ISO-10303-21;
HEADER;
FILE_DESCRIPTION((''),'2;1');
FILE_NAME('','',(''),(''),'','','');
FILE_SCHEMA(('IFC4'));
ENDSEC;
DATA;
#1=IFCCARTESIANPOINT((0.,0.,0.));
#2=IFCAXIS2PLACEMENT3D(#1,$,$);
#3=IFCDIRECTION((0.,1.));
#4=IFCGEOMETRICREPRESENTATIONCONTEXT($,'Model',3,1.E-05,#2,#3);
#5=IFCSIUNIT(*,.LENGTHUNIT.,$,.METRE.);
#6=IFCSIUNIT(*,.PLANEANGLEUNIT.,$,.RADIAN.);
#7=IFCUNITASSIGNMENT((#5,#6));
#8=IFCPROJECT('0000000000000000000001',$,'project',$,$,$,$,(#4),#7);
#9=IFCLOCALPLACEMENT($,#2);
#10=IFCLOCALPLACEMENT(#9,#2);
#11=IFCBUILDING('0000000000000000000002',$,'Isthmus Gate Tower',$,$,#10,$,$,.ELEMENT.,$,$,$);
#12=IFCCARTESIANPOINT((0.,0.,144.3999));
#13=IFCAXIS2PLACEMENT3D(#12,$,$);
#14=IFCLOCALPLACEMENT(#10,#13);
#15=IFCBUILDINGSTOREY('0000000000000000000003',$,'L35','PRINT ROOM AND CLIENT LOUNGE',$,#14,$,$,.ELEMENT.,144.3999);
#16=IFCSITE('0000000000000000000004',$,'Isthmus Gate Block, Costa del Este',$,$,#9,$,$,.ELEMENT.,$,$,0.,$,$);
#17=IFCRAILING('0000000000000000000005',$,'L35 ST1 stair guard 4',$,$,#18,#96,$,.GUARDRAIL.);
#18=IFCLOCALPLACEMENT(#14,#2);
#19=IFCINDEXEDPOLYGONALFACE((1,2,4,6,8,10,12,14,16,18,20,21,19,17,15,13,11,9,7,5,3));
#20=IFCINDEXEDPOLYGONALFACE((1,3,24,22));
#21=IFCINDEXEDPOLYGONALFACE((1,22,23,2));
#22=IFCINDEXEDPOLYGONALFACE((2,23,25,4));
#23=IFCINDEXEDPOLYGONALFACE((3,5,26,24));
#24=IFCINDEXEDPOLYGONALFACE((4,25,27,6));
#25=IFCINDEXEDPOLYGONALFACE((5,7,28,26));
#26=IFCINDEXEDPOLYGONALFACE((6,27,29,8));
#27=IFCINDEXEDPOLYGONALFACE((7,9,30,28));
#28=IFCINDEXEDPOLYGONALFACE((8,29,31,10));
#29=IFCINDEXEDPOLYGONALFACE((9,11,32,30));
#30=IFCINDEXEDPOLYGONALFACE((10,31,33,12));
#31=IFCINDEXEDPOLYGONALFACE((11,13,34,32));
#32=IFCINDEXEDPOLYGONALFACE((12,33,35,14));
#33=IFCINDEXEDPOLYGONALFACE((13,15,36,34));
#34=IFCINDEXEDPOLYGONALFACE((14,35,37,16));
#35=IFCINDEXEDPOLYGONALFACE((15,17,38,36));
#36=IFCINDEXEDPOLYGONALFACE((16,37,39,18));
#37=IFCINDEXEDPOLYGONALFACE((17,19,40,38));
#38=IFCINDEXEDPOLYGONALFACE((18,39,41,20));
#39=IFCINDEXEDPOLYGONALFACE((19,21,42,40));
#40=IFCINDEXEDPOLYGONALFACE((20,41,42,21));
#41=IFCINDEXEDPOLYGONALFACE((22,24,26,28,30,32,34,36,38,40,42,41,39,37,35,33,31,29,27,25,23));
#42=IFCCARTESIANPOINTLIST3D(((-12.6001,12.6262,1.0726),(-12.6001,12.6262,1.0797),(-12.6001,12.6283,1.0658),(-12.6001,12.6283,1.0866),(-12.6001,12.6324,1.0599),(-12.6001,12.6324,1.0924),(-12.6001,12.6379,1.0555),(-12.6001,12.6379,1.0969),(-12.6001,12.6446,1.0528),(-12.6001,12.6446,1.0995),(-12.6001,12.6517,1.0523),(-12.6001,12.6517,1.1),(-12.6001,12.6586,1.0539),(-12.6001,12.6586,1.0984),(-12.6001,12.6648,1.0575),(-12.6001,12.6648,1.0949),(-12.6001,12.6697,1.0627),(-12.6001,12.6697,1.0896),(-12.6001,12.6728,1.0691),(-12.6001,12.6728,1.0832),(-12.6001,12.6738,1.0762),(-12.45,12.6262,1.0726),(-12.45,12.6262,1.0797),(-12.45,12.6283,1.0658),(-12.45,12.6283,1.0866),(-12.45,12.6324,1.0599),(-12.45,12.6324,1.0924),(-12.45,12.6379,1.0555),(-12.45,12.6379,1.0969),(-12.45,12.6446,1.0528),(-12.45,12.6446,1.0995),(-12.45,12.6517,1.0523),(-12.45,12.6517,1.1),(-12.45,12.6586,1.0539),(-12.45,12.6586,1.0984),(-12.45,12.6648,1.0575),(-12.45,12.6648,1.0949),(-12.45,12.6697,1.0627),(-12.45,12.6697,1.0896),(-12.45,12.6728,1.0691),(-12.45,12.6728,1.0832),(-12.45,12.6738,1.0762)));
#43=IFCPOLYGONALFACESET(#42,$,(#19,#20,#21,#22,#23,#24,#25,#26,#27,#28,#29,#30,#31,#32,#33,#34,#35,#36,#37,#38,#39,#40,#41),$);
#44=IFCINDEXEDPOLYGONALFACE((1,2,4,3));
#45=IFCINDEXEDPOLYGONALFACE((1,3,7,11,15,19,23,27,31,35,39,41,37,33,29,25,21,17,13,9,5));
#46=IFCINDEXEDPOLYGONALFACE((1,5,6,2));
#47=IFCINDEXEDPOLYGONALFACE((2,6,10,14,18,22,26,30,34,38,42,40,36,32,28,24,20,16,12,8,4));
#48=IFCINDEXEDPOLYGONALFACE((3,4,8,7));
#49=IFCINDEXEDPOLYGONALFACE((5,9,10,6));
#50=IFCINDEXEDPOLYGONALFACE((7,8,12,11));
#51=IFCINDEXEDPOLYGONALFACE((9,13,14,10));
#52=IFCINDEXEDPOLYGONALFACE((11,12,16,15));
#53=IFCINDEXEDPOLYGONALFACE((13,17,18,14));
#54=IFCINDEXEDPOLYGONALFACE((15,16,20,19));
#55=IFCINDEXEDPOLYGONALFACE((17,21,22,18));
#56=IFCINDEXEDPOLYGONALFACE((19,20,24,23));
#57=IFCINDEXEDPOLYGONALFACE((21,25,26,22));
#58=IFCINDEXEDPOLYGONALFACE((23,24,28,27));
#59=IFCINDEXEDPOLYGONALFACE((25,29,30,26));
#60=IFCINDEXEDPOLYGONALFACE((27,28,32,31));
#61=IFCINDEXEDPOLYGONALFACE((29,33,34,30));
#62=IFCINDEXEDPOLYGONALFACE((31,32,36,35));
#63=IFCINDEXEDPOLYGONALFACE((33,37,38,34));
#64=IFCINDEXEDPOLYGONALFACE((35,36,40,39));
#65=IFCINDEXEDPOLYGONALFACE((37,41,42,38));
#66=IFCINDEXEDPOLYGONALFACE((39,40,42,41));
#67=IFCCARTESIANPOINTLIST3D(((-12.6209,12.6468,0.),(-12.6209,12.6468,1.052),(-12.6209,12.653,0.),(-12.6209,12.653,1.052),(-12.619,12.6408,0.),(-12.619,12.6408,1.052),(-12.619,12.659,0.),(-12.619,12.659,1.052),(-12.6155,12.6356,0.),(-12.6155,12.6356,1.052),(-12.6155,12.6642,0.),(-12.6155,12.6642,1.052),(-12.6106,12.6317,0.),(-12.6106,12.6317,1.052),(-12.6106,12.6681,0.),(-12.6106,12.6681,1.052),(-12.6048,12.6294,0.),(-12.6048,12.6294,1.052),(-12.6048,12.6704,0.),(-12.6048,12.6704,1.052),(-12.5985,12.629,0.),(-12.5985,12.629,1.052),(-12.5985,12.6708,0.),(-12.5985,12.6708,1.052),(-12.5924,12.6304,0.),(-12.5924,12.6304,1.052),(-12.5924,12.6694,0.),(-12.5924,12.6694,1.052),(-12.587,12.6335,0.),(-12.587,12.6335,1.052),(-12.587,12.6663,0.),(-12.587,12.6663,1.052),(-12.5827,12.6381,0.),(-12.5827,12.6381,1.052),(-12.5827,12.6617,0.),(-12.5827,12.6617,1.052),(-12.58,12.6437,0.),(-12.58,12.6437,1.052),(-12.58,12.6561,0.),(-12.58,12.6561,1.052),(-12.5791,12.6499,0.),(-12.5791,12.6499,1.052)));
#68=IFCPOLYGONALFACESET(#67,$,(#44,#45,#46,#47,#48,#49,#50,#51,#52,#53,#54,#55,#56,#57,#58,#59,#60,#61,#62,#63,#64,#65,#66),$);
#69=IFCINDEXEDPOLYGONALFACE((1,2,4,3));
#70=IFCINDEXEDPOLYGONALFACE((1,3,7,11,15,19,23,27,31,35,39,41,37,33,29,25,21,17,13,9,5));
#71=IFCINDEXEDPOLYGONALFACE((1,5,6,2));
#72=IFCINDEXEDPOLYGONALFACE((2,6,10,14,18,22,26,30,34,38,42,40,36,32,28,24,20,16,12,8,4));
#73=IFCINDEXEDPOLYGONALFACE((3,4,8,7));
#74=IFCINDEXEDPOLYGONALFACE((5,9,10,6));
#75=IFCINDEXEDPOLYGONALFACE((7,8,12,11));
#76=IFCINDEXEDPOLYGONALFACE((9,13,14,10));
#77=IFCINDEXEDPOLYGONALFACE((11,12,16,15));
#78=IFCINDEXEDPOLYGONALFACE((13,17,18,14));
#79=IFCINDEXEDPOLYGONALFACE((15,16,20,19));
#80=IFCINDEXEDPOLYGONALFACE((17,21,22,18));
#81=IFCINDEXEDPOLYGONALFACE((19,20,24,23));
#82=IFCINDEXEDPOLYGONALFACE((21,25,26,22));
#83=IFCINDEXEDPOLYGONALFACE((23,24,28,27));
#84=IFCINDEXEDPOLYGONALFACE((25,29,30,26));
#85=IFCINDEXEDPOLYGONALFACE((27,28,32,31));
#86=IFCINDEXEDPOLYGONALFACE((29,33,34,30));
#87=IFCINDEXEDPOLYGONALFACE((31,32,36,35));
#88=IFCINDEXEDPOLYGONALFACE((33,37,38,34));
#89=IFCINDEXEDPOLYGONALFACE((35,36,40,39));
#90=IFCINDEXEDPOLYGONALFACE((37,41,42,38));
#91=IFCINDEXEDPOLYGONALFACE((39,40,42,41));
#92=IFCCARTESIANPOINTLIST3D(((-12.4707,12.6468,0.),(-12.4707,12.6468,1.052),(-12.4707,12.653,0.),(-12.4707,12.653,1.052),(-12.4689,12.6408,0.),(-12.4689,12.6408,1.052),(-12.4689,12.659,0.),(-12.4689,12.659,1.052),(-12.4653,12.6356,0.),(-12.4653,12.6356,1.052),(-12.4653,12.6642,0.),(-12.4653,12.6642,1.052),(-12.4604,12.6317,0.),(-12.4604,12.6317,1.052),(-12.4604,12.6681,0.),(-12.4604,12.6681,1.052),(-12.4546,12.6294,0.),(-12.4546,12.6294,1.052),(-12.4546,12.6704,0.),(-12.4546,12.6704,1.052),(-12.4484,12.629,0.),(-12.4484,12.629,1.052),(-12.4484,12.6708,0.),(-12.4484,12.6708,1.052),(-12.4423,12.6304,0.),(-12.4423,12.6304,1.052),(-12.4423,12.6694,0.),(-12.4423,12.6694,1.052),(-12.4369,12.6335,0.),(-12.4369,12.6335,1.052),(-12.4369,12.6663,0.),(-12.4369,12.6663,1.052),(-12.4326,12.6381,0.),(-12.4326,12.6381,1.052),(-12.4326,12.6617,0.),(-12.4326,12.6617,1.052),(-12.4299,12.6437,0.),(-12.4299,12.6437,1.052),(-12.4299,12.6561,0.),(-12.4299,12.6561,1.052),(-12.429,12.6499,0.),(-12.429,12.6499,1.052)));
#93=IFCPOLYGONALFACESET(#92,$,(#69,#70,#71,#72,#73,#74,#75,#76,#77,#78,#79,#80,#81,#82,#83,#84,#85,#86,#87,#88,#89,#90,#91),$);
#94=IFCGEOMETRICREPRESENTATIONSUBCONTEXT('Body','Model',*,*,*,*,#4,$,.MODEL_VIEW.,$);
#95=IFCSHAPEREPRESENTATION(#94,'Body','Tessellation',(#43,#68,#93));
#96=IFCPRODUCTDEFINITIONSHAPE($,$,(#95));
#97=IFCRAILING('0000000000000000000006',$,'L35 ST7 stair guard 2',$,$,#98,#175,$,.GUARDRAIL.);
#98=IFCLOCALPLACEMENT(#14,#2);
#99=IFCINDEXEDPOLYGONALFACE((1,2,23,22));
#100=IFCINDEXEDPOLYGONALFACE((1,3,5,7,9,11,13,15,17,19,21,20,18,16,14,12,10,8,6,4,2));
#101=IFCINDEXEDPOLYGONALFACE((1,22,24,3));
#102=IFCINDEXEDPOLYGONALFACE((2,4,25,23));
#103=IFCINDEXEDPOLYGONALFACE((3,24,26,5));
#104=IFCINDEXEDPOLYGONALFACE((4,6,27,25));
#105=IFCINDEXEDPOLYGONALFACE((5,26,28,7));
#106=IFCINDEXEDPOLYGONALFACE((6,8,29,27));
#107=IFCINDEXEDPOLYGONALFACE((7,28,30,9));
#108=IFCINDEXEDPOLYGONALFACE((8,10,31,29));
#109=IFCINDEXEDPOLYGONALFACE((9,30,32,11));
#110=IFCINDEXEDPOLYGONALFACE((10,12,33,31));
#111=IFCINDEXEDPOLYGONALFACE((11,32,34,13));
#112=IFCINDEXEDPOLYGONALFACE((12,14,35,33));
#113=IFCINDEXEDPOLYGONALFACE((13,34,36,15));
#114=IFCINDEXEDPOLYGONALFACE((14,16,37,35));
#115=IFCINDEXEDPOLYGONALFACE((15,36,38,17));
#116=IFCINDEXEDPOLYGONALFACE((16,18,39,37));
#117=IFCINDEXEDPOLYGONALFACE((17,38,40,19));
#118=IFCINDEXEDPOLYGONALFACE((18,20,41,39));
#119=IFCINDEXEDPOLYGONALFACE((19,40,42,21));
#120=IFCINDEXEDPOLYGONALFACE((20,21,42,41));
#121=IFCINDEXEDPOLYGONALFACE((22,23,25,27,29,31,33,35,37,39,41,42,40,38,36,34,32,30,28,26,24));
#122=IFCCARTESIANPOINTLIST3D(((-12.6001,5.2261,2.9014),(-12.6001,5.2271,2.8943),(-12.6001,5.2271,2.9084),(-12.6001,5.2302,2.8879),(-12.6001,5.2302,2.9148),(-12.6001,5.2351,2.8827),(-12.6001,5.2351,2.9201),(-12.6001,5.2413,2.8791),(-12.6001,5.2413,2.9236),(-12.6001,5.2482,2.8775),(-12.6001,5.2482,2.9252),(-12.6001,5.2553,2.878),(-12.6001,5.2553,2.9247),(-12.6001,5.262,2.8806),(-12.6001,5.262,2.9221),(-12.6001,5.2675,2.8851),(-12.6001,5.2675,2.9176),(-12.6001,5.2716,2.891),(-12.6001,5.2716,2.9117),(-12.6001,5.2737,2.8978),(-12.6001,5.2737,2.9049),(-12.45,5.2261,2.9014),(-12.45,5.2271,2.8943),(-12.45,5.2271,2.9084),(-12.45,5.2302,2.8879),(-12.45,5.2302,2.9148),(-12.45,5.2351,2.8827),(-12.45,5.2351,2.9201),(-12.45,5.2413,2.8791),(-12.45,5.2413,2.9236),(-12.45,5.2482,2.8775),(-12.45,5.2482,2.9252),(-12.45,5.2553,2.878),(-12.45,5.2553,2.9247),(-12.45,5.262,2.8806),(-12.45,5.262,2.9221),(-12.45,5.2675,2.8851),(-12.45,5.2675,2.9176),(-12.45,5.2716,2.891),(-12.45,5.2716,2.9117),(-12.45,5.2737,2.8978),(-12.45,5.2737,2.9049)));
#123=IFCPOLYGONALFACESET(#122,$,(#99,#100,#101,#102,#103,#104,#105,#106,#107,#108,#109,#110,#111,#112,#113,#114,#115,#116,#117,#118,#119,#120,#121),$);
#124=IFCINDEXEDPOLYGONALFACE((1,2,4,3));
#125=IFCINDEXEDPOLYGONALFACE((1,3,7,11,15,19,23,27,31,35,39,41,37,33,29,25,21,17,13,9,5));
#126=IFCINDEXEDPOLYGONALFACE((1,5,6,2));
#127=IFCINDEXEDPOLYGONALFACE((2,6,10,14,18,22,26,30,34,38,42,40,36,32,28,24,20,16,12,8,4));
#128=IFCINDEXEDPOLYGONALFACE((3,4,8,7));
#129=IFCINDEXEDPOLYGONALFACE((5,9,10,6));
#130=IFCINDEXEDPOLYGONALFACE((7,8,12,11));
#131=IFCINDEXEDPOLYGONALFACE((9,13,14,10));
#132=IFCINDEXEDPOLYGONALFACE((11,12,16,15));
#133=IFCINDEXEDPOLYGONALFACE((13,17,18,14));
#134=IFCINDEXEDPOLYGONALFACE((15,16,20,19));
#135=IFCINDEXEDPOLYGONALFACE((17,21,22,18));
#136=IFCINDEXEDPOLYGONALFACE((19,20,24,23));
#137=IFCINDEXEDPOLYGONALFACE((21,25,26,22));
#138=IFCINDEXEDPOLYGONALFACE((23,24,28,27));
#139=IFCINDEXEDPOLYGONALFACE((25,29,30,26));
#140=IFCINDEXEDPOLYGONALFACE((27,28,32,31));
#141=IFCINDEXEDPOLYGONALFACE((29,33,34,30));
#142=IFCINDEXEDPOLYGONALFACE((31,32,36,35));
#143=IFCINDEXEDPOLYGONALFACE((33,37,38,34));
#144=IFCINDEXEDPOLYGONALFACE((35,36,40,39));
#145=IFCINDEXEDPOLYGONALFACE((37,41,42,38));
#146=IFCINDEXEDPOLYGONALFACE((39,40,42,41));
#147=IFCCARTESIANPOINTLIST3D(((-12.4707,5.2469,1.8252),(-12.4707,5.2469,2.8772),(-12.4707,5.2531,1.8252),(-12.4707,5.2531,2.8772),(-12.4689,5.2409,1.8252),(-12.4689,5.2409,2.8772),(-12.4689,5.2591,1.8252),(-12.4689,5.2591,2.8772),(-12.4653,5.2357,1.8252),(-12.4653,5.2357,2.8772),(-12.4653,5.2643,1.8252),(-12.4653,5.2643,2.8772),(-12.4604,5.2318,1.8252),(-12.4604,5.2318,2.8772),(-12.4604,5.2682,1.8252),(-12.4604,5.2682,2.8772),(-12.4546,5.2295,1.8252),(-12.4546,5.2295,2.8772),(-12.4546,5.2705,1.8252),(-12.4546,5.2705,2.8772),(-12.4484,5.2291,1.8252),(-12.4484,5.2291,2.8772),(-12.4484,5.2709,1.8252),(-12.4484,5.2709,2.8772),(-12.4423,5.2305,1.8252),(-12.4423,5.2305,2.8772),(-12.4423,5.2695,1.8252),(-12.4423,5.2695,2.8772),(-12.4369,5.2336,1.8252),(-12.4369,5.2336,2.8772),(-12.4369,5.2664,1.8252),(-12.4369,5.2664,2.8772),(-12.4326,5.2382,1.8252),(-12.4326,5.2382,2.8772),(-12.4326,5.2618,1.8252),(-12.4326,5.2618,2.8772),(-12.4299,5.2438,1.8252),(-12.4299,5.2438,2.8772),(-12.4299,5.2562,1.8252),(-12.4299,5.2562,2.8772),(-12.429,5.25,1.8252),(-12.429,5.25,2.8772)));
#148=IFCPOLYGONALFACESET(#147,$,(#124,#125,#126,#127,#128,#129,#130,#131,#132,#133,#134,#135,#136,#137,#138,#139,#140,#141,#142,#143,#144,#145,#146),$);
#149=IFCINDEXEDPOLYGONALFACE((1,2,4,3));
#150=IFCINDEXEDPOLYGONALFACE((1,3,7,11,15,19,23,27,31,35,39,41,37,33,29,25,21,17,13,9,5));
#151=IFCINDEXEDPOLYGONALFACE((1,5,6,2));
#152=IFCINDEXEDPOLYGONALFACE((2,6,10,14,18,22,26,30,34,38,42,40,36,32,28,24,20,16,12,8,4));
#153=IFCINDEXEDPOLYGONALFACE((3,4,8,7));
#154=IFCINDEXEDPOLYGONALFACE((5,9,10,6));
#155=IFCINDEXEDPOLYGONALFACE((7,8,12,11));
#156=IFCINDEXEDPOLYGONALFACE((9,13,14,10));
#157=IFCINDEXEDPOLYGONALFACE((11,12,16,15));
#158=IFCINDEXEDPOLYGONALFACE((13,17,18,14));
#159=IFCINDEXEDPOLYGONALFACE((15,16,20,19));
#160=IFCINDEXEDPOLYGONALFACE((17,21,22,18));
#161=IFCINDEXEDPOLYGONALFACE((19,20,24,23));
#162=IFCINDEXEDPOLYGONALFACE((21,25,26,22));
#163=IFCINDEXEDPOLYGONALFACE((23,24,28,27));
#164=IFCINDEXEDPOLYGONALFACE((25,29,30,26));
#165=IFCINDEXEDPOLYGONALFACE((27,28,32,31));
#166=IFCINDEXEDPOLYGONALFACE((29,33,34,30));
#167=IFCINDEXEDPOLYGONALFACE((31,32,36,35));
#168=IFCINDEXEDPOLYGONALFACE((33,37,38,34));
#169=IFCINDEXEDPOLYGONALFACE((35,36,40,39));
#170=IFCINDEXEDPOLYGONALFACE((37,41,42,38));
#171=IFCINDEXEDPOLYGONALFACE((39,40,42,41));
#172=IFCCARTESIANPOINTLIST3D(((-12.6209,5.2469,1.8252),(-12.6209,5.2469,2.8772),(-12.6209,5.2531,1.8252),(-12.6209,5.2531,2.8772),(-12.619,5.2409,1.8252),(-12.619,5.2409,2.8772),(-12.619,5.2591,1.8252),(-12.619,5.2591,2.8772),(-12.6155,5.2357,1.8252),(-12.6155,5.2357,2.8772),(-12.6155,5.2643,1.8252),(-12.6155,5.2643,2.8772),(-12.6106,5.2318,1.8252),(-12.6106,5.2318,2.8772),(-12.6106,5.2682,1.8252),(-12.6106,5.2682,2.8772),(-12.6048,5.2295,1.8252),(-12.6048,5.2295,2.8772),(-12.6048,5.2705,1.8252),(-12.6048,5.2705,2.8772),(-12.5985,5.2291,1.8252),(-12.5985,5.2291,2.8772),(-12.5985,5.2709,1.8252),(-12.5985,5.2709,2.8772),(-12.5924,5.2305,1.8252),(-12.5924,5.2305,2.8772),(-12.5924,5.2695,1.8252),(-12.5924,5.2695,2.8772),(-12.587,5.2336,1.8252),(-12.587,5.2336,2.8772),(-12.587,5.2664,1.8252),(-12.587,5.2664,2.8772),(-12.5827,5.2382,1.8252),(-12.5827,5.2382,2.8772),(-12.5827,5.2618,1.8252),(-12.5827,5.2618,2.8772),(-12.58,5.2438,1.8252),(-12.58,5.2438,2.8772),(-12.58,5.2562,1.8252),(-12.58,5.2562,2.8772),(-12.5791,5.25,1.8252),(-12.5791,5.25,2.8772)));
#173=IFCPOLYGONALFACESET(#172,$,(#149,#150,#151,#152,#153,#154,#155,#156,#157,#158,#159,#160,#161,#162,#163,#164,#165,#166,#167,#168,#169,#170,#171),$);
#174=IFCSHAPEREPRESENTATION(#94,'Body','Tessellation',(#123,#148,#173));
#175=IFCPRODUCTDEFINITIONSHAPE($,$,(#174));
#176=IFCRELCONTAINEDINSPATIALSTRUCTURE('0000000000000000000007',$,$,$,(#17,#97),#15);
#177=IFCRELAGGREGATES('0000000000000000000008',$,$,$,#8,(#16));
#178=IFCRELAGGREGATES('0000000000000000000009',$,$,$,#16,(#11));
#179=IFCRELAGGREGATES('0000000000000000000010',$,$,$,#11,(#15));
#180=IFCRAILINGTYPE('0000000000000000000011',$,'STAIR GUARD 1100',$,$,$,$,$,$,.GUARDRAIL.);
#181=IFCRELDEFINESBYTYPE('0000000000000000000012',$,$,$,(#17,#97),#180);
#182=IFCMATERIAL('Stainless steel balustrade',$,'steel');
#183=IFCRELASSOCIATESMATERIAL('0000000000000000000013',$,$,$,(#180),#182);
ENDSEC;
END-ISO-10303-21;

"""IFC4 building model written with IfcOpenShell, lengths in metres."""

from ifc_helpers import new_model, si_unit, direction, frame, origin, origin_2d, place, context, subcontext, project, spatial, circle, extrude, material, type_object, element, save


model = new_model("IFC4")

# Units and contexts
model_context = context("Model", 3, precision=1e-05, world=origin(), true_north=direction((0.0, 1.0)))
body_context = subcontext(model_context, "Body", "Model", "MODEL_VIEW")
ifc_project = project(units=[si_unit("LENGTHUNIT", "METRE"), si_unit("PLANEANGLEUNIT", "RADIAN")], contexts=[model_context])

# Site, building, storey
site_placement = place(None, origin())
site = spatial("IfcSite", under=ifc_project, at=site_placement, Name="Isthmus Gate Block, Costa del Este", CompositionType="ELEMENT", RefElevation=0.0)
building_placement = place(site_placement, origin())
building = spatial("IfcBuilding", under=site, at=building_placement, Name="Isthmus Gate Tower", CompositionType="ELEMENT")
storey_placement = place(building_placement, frame((0.0, 0.0, 144.3999)))
storey = spatial("IfcBuildingStorey", under=building, at=storey_placement, Name="L35", Description="PRINT ROOM AND CLIENT LOUNGE", CompositionType="ELEMENT", Elevation=144.3999)

# Railings
ifc_material_1 = material(Name="Stainless steel balustrade", Category="steel")
railing_type_1 = type_object("IfcRailingType", Name="STAIR GUARD 1100", PredefinedType="GUARDRAIL", material=ifc_material_1)
railing_1_placement = place(storey_placement, frame((-12.6001, 12.6499, 0.0)))
element("IfcRailing", 1, at=railing_1_placement, inside=storey, type_object=railing_type_1, Name="L35 ST1 stair guard 4", PredefinedType="GUARDRAIL", context=body_context, shape_type="SweptSolid", body=[
    extrude(circle(Radius=0.0239, at=origin_2d()), frame((0.0, 0.0, 1.0762), z_axis=(1.0, 0.0, 0.0), x_axis=(0.0, 1.0, 0.0)), (0.0, 0.0, 1.0), 0.1501),
    extrude(circle(Radius=0.021, at=origin_2d()), origin(), (0.0, 0.0, 1.0), 1.052),
    extrude(circle(Radius=0.021, at=origin_2d()), frame((0.1501, 0.0, 0.0)), (0.0, 0.0, 1.0), 1.052),
])
railing_2_placement = place(storey_placement, frame((-12.45, 5.25, 1.8252)))
element("IfcRailing", 2, at=railing_2_placement, inside=storey, type_object=railing_type_1, Name="L35 ST7 stair guard 2", PredefinedType="GUARDRAIL", context=body_context, shape_type="SweptSolid", body=[
    extrude(circle(Radius=0.0239, at=origin_2d()), frame((0.0, 0.0, 1.0762), z_axis=(-1.0, 0.0, 0.0), x_axis=(0.0, -1.0, 0.0)), (0.0, 0.0, 1.0), 0.1501),
    extrude(circle(Radius=0.021, at=origin_2d()), origin(), (0.0, 0.0, 1.0), 1.052),
    extrude(circle(Radius=0.021, at=origin_2d()), frame((-0.1501, 0.0, 0.0)), (0.0, 0.0, 1.0), 1.052),
])

save(model, "model.ifc")
